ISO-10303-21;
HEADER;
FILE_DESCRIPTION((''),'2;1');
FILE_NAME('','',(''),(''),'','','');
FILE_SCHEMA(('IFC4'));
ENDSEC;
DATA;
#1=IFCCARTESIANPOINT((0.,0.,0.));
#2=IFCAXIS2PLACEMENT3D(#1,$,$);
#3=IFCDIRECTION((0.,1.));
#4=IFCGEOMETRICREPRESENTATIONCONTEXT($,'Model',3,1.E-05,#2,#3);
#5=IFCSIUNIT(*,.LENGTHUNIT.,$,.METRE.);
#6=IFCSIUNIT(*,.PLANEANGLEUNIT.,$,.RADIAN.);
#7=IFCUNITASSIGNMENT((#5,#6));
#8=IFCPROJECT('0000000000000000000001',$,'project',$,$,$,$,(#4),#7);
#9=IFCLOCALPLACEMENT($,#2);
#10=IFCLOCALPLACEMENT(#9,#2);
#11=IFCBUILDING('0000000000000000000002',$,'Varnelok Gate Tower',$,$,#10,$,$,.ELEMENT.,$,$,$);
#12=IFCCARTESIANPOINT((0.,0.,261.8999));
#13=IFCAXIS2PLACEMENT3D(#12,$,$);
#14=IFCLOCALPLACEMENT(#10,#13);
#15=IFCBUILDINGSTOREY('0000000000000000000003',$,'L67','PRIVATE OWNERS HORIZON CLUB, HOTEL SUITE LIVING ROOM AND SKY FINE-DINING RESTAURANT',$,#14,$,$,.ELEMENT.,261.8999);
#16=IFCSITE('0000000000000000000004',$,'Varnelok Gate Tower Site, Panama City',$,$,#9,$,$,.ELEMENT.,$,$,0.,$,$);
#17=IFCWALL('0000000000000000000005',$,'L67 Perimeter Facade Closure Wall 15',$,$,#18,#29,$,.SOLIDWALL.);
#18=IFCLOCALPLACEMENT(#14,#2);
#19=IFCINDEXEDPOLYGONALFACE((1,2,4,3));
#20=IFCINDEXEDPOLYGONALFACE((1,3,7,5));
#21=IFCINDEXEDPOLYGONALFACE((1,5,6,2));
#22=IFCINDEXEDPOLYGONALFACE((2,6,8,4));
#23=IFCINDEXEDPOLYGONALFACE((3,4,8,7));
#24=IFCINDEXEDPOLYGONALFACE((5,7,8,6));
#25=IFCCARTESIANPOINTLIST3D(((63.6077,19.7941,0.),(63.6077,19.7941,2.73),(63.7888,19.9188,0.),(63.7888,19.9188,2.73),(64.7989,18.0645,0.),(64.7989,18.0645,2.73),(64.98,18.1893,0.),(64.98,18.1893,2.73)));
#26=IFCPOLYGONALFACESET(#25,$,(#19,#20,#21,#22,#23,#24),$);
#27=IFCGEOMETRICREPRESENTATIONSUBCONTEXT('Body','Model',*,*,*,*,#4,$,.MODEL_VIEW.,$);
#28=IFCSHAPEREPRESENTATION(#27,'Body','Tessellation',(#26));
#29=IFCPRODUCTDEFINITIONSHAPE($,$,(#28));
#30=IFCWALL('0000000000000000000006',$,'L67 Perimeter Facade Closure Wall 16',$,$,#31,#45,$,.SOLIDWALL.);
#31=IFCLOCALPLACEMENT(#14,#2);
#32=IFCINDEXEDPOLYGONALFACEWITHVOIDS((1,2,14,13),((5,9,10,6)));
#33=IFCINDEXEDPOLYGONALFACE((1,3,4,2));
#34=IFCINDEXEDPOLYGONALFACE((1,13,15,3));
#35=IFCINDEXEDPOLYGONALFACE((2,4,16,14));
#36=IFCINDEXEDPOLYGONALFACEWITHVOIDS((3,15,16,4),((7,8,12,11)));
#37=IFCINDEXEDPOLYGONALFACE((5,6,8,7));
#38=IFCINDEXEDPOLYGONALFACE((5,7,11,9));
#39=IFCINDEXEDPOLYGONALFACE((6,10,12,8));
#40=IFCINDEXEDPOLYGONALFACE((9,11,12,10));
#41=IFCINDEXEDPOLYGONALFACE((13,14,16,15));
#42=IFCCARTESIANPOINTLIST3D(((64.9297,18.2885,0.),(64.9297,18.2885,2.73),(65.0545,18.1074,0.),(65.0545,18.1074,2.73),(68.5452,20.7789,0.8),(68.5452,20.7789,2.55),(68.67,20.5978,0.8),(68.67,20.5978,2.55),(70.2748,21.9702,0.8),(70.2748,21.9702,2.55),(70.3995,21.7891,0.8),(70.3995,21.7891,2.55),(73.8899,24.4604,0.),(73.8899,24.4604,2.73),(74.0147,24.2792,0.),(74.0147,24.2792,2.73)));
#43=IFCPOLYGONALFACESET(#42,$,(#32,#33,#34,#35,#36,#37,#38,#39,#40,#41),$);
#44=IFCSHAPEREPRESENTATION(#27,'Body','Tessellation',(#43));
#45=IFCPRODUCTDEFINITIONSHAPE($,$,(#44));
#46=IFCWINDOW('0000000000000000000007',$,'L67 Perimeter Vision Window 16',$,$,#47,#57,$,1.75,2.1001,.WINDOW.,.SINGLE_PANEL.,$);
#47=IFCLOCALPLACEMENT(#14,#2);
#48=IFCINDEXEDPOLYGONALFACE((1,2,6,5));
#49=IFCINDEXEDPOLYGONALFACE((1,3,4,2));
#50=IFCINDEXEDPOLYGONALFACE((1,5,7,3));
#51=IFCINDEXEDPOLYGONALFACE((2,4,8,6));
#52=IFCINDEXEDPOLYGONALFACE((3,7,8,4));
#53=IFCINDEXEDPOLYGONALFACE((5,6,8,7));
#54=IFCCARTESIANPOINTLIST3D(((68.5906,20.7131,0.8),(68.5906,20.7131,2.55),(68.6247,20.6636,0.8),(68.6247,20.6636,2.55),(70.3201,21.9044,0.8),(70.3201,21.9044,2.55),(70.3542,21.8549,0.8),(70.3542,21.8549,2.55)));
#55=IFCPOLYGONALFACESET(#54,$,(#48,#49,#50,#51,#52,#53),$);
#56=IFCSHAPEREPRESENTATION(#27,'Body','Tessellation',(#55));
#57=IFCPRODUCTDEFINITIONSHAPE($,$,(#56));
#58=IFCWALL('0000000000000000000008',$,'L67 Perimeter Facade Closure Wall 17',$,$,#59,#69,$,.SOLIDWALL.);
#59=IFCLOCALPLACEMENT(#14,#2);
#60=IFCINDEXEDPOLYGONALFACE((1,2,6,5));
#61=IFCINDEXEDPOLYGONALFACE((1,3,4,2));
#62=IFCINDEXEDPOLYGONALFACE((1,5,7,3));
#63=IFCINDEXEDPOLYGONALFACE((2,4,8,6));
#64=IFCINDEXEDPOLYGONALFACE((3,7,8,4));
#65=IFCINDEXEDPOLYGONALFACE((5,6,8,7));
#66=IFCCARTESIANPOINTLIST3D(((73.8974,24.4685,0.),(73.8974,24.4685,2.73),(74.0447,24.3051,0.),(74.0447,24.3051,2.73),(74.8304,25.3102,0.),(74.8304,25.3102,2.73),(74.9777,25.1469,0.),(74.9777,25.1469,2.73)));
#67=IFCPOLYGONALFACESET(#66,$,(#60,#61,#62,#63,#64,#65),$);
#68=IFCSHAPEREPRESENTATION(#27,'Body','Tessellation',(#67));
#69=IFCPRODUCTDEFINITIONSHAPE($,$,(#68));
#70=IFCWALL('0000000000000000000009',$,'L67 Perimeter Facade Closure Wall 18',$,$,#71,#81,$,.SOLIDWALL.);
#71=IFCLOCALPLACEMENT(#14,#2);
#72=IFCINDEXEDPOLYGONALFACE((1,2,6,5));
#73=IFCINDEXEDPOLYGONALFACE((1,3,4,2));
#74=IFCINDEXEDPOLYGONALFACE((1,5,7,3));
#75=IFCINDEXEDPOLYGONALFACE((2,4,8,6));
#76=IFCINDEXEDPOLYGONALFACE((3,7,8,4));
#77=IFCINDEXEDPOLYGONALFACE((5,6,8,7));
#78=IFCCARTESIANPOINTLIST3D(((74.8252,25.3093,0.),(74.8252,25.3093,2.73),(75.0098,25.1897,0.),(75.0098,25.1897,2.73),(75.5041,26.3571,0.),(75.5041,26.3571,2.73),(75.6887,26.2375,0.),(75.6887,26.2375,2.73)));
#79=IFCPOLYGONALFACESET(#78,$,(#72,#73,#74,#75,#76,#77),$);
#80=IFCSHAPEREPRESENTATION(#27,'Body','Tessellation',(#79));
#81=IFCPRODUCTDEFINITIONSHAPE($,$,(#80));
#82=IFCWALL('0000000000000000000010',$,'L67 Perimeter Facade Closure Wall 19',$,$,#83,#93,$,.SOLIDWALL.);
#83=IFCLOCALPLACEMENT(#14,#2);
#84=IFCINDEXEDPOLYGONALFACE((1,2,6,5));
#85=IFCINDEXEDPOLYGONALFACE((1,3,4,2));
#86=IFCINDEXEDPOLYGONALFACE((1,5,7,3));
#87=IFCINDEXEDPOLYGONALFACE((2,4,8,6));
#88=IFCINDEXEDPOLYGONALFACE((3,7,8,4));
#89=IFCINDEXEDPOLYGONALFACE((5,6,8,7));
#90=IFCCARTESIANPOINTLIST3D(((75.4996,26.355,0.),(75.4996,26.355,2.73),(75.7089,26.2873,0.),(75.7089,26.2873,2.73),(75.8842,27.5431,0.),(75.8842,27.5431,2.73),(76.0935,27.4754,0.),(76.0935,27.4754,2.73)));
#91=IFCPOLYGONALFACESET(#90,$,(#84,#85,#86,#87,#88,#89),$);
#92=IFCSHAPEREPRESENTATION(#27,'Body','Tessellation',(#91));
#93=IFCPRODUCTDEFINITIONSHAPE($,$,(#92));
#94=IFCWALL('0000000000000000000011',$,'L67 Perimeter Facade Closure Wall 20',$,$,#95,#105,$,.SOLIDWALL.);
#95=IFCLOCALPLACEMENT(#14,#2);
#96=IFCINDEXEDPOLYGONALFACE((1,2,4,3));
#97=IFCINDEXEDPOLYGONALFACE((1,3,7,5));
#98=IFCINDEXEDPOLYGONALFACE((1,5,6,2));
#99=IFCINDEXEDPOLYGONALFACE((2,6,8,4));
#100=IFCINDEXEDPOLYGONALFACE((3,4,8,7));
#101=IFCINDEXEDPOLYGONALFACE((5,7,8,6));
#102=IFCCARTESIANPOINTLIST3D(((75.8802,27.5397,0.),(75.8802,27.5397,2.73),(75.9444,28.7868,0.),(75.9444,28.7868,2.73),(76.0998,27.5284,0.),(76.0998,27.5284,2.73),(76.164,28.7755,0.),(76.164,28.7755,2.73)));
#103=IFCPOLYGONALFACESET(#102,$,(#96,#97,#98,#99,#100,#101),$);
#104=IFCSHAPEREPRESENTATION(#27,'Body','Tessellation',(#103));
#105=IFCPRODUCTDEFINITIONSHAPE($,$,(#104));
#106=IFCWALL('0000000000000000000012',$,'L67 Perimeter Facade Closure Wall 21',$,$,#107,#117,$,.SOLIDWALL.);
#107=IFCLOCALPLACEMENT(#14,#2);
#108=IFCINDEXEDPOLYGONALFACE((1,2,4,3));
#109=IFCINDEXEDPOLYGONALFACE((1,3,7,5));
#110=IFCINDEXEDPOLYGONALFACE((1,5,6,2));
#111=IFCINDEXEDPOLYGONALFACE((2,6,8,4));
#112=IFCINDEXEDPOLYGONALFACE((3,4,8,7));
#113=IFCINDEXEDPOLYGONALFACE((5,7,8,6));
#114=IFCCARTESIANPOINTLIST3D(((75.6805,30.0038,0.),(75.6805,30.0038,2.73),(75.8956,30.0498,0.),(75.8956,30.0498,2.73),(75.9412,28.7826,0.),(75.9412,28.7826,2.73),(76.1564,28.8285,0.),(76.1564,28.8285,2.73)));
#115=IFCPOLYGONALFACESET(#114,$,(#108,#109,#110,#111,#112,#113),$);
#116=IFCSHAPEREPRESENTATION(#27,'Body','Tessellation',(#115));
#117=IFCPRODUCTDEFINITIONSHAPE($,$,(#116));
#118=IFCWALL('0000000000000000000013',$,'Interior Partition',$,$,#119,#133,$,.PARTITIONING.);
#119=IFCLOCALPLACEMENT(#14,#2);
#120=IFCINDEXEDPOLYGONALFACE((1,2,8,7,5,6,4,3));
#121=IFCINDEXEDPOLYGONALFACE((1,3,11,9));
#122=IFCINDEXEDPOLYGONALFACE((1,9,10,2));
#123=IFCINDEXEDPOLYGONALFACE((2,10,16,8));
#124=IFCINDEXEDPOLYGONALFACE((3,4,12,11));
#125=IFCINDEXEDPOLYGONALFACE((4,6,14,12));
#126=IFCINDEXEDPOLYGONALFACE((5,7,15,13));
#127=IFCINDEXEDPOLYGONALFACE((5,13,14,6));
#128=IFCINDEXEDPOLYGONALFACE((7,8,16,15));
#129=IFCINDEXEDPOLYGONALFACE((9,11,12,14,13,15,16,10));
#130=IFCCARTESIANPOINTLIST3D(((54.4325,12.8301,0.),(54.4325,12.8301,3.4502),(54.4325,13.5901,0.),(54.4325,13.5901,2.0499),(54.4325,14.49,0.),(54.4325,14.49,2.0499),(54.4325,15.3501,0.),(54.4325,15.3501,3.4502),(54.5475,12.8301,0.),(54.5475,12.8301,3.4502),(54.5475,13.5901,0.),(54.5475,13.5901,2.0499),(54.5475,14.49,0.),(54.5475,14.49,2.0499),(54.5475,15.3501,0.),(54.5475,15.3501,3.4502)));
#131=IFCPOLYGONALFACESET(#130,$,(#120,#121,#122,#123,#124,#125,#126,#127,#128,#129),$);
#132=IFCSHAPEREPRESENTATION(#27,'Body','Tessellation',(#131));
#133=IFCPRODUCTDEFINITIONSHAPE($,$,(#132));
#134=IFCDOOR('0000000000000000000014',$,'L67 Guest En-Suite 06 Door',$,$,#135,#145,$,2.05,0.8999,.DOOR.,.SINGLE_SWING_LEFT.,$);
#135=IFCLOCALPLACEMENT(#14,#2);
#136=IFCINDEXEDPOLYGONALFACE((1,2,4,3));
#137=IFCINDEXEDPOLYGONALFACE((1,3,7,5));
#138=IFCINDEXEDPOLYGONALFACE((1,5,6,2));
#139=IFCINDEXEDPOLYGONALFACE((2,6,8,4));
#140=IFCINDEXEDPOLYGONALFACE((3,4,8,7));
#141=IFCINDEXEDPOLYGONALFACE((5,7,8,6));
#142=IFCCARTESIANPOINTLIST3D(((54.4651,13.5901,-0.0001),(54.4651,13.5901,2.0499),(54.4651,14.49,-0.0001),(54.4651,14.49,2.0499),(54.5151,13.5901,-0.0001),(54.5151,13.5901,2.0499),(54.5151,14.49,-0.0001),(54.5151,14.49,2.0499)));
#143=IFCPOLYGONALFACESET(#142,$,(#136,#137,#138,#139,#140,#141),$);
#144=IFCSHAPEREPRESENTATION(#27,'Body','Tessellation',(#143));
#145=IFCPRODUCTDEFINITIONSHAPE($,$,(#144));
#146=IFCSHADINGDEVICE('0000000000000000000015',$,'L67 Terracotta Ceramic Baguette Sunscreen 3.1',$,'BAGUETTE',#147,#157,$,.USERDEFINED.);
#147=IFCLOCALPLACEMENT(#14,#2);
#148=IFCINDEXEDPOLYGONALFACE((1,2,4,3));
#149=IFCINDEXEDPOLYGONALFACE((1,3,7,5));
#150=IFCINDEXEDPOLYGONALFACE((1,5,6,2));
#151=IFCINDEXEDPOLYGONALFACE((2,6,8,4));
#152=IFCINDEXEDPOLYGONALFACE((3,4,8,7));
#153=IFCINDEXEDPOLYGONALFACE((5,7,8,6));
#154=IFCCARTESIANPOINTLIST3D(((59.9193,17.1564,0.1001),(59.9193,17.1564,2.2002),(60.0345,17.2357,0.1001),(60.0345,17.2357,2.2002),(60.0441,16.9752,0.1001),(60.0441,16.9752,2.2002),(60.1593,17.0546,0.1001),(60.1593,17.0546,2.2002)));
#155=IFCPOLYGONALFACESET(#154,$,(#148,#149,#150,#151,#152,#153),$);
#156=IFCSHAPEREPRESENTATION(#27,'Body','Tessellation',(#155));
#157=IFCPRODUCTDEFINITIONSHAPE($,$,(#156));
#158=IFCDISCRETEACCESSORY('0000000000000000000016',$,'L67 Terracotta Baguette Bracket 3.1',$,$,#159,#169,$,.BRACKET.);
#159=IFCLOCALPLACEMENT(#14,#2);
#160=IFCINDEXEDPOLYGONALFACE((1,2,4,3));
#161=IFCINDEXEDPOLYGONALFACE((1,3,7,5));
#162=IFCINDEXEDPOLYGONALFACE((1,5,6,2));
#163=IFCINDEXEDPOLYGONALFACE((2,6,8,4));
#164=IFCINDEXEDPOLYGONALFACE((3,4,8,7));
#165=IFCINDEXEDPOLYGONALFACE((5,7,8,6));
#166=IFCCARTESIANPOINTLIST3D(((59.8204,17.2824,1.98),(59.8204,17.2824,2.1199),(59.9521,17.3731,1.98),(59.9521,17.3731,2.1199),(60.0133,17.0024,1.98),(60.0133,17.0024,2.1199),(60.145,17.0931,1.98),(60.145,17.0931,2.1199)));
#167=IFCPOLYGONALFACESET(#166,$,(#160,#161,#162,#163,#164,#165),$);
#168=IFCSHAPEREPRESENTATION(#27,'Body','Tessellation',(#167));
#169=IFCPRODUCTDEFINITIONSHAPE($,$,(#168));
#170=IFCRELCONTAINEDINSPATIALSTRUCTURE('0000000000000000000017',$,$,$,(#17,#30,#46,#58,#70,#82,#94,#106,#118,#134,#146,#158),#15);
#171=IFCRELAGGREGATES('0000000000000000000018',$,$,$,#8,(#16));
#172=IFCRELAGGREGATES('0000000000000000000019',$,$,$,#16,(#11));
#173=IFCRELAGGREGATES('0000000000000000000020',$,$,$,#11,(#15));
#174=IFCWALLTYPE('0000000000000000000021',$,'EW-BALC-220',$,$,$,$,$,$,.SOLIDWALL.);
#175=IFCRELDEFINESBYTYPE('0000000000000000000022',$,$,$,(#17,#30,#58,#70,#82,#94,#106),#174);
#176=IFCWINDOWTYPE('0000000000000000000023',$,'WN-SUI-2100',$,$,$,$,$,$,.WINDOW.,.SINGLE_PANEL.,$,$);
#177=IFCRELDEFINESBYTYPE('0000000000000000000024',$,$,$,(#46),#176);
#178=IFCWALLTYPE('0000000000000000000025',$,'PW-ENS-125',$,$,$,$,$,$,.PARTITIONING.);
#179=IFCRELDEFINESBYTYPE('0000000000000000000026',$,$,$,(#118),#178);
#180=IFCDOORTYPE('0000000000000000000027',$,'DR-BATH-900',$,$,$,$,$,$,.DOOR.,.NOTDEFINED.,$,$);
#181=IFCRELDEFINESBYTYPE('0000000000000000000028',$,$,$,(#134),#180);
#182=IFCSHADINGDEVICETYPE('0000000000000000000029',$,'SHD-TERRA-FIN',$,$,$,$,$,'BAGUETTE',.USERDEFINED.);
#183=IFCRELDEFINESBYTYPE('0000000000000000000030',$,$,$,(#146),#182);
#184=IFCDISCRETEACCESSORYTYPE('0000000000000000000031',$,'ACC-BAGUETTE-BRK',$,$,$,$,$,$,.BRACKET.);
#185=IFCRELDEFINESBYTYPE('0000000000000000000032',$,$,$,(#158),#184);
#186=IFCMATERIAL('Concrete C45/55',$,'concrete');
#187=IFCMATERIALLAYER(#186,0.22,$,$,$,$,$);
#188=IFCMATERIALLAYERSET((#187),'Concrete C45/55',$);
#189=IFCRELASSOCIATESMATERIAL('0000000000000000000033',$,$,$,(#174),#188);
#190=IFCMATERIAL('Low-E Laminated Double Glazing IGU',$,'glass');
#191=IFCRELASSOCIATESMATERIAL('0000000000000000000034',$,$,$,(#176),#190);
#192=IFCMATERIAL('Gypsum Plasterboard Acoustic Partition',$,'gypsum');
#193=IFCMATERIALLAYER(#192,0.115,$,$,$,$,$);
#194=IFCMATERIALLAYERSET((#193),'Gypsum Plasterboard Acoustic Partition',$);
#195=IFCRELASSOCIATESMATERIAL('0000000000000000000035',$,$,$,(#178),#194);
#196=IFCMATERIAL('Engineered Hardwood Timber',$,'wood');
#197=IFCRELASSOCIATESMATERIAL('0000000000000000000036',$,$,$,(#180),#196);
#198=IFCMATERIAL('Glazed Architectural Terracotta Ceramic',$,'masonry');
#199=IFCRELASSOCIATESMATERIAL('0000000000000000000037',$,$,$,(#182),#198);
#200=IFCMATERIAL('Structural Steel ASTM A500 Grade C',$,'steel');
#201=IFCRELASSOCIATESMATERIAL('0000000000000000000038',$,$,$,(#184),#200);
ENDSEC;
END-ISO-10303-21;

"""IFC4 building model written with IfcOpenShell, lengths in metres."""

from ifc_helpers import new_model, si_unit, direction, frame, frame_2d, origin, origin_2d, place, context, subcontext, project, spatial, rectangle, extrude, source, transform, mapped, material, layer, layer_set, type_object, element, fill, save


model = new_model("IFC4")

# Units and contexts
model_context = context("Model", 3, precision=1e-05, world=origin(), true_north=direction((0.0, 1.0)))
body_context = subcontext(model_context, "Body", "Model", "MODEL_VIEW")
ifc_project = project(units=[si_unit("LENGTHUNIT", "METRE"), si_unit("PLANEANGLEUNIT", "RADIAN")], contexts=[model_context])

# Site, building, storey
site_placement = place(None, origin())
site = spatial("IfcSite", under=ifc_project, at=site_placement, Name="Varnelok Gate Tower Site, Panama City", CompositionType="ELEMENT", RefElevation=0.0)
building_placement = place(site_placement, origin())
building = spatial("IfcBuilding", under=site, at=building_placement, Name="Varnelok Gate Tower", CompositionType="ELEMENT")
storey_placement = place(building_placement, frame((0.0, 0.0, 261.8999)))
storey = spatial("IfcBuildingStorey", under=building, at=storey_placement, Name="L67", Description="PRIVATE OWNERS HORIZON CLUB, HOTEL SUITE LIVING ROOM AND SKY FINE-DINING RESTAURANT", CompositionType="ELEMENT", Elevation=261.8999)

# Shared definitions
ifc_material_1 = material(Name="Concrete C45/55", Category="concrete")
ifc_layer_1 = layer(ifc_material_1, 0.22)
ifc_layer_set_1 = layer_set([ifc_layer_1], Name="Concrete C45/55")
wall_type_1 = type_object("IfcWallType", Name="EW-BALC-220", PredefinedType="SOLIDWALL", material=ifc_layer_set_1)

# Wall
wall_1_placement = place(storey_placement, frame((63.6982, 19.8564, 0.0), z_axis=(0.0, 0.0, 1.0), x_axis=(0.567219, -0.823567, 0.0)))
element("IfcWall", 1, at=wall_1_placement, inside=storey, type_object=wall_type_1, Name="L67 Perimeter Facade Closure Wall 15", PredefinedType="SOLIDWALL", context=body_context, shape_type="SweptSolid", body=[
    extrude(rectangle(XDim=2.1001, YDim=0.22, at=frame_2d((1.05, 0.0))), origin(), (0.0, 0.0, 1.0), 2.73),
])

# Wall, opening, window
wall_2_placement = place(storey_placement, frame((64.9922, 18.198, 0.0), z_axis=(0.0, 0.0, 1.0), x_axis=(0.823538, 0.567261, 0.0)))
wall_2 = element("IfcWall", 2, at=wall_2_placement, inside=storey, type_object=wall_type_1, Name="L67 Perimeter Facade Closure Wall 16", PredefinedType="SOLIDWALL", context=body_context, shape_type="SweptSolid", body=[
    extrude(rectangle(XDim=10.8801, YDim=0.22, at=frame_2d((5.4399, 0.0))), origin(), (0.0, 0.0, 1.0), 2.73),
])
opening_1_placement = place(wall_2_placement, frame((4.3901, 0.0, 0.8)))
opening_1 = element("IfcOpeningElement", 3, at=opening_1_placement, cuts=wall_2, PredefinedType="OPENING", context=body_context, shape_type="SweptSolid", body=[
    extrude(rectangle(XDim=2.1001, YDim=1.75, at=frame_2d((1.05, 0.875))), frame((0.0, 0.1199, 0.0), z_axis=(0.0, -1.0, 0.0), x_axis=(1.0, 0.0, 0.0)), (0.0, 0.0, 1.0), 0.24),
])
ifc_material_2 = material(Name="Low-E Laminated Double Glazing IGU", Category="glass")
window_type = type_object("IfcWindowType", Name="WN-SUI-2100", PartitioningType="SINGLE_PANEL", PredefinedType="WINDOW", material=ifc_material_2)
window_placement = place(opening_1_placement, origin())
window = element("IfcWindow", 4, at=window_placement, inside=storey, type_object=window_type, Name="L67 Perimeter Vision Window 16", OverallHeight=1.75, OverallWidth=2.1001, PartitioningType="SINGLE_PANEL", PredefinedType="WINDOW", context=body_context, shape_type="SweptSolid", body=[
    extrude(rectangle(XDim=2.1001, YDim=1.75, at=frame_2d((1.05, 0.875))), frame((0.0, 0.03, 0.0), z_axis=(0.0, -1.0, 0.0), x_axis=(1.0, 0.0, 0.0)), (0.0, 0.0, 1.0), 0.0601),
])
fill(opening_1, window)

# Walls
wall_3_placement = place(storey_placement, frame((73.9709, 24.3867, 0.0), z_axis=(0.0, 0.0, 1.0), x_axis=(0.742502, 0.669844, 0.0)))
element("IfcWall", 5, at=wall_3_placement, inside=storey, type_object=wall_type_1, Name="L67 Perimeter Facade Closure Wall 17", PredefinedType="SOLIDWALL", context=body_context, shape_type="SweptSolid", body=[
    extrude(rectangle(XDim=1.2566, YDim=0.22, at=frame_2d((0.6284, 0.0))), origin(), (0.0, 0.0, 1.0), 2.73),
])
wall_4_placement = place(storey_placement, frame((74.9175, 25.2495, 0.0), z_axis=(0.0, 0.0, 1.0), x_axis=(0.543778, 0.839229, 0.0)))
element("IfcWall", 6, at=wall_4_placement, inside=storey, type_object=wall_type_1, Name="L67 Perimeter Facade Closure Wall 18", PredefinedType="SOLIDWALL", context=body_context, shape_type="SweptSolid", body=[
    extrude(rectangle(XDim=1.2485, YDim=0.22, at=frame_2d((0.6243, 0.0))), origin(), (0.0, 0.0, 1.0), 2.73),
])
for number, where, z_axis, x_axis, name in (
    (7, (75.6042, 26.321, 0.0), (0.0, 0.0, 1.0), (0.307945, 0.951404, 0.0), "L67 Perimeter Facade Closure Wall 19"),
    (8, (75.99, 27.5339, 0.0), (0.0, 0.0, 1.0), (0.05142, 0.998677, 0.0), "L67 Perimeter Facade Closure Wall 20"),
    (9, (76.0488, 28.8054, 0.0), (0.0, 0.0, 1.0), (-0.208808, 0.977957, 0.0), "L67 Perimeter Facade Closure Wall 21"),
):
    element("IfcWall", number, at=place(storey_placement, frame(where, z_axis=z_axis, x_axis=x_axis)), inside=storey, type_object=wall_type_1, Name=name, PredefinedType="SOLIDWALL", context=body_context, shape_type="SweptSolid", body=[
        extrude(rectangle(XDim=1.2488, YDim=0.22, at=frame_2d((0.6245, 0.0))), origin(), (0.0, 0.0, 1.0), 2.73),
    ])

# Wall, opening, door
ifc_material_3 = material(Name="Gypsum Plasterboard Acoustic Partition", Category="gypsum")
ifc_layer_2 = layer(ifc_material_3, 0.115)
ifc_layer_set_2 = layer_set([ifc_layer_2], Name="Gypsum Plasterboard Acoustic Partition")
wall_type_2 = type_object("IfcWallType", Name="PW-ENS-125", PredefinedType="PARTITIONING", material=ifc_layer_set_2)
wall_5_placement = place(storey_placement, frame((54.49, 12.8301, 0.0), z_axis=(0.0, 0.0, 1.0), x_axis=(0.0, 1.0, 0.0)))
wall_5 = element("IfcWall", 10, at=wall_5_placement, inside=storey, type_object=wall_type_2, Name="Interior Partition", PredefinedType="PARTITIONING", context=body_context, shape_type="SweptSolid", body=[
    extrude(rectangle(XDim=2.52, YDim=0.115, at=frame_2d((1.26, 0.0))), origin(), (0.0, 0.0, 1.0), 3.4502),
])
opening_2_placement = place(wall_5_placement, frame((0.76, 0.0, 0.0)))
opening_2 = element("IfcOpeningElement", 11, at=opening_2_placement, cuts=wall_5, PredefinedType="OPENING", context=body_context, shape_type="SweptSolid", body=[
    extrude(rectangle(XDim=0.8999, YDim=2.05, at=frame_2d((0.45, 1.0249))), frame((0.0, 0.0674, 0.0), z_axis=(0.0, -1.0, 0.0), x_axis=(1.0, 0.0, 0.0)), (0.0, 0.0, 1.0), 0.135),
])
ifc_material_4 = material(Name="Engineered Hardwood Timber", Category="wood")
door_type_1 = type_object("IfcDoorType", Name="DR-BATH-900", OperationType="NOTDEFINED", PredefinedType="DOOR", material=ifc_material_4)
door_1_placement = place(opening_2_placement, origin())
door_1 = element("IfcDoor", 12, at=door_1_placement, inside=storey, type_object=door_type_1, Name="L67 Guest En-Suite 06 Door", OperationType="SINGLE_SWING_LEFT", OverallHeight=2.05, OverallWidth=0.8999, PredefinedType="DOOR", context=body_context, shape_type="SweptSolid", body=[
    extrude(rectangle(XDim=0.8999, YDim=2.05, at=frame_2d((0.45, 1.0249))), frame((0.0, 0.0249, 0.0), z_axis=(0.0, -1.0, 0.0), x_axis=(1.0, 0.0, 0.0)), (0.0, 0.0, 1.0), 0.05),
])
fill(opening_2, door_1)

# Shading device
ifc_material_5 = material(Name="Glazed Architectural Terracotta Ceramic", Category="masonry")
shading_device_type = type_object("IfcShadingDeviceType", Name="SHD-TERRA-FIN", ElementType="BAGUETTE", PredefinedType="USERDEFINED", material=ifc_material_5)
shared_shape_1 = source(origin(), body_context, "Body", "SweptSolid", [
    extrude(rectangle(XDim=0.1399, YDim=0.22, at=origin_2d()), origin(), (0.0, 0.0, 1.0), 2.1001),
])
shading_device_placement = place(storey_placement, frame((60.0393, 17.1055, 0.1001), z_axis=(0.0, 0.0, 1.0), x_axis=(0.823533, 0.567269, 0.0)))
element("IfcShadingDevice", 13, at=shading_device_placement, inside=storey, type_object=shading_device_type, Name="L67 Terracotta Ceramic Baguette Sunscreen 3.1", ObjectType="BAGUETTE", PredefinedType="USERDEFINED", context=body_context, shape_type="MappedRepresentation", body=[
    mapped(shared_shape_1, transform((0.0, 0.0, 0.0), scale=1.0)),
])

# Discrete accessory
ifc_material_6 = material(Name="Structural Steel ASTM A500 Grade C", Category="steel")
discrete_accessory_type = type_object("IfcDiscreteAccessoryType", Name="ACC-BAGUETTE-BRK", PredefinedType="BRACKET", material=ifc_material_6)
shared_shape_2 = source(origin(), body_context, "Body", "SweptSolid", [
    extrude(rectangle(XDim=0.1599, YDim=0.3401, at=origin_2d()), origin(), (0.0, 0.0, 1.0), 0.1399),
])
discrete_accessory_placement = place(storey_placement, frame((59.9827, 17.1877, 1.98), z_axis=(0.0, 0.0, 1.0), x_axis=(0.823533, 0.567269, 0.0)))
element("IfcDiscreteAccessory", 14, at=discrete_accessory_placement, inside=storey, type_object=discrete_accessory_type, Name="L67 Terracotta Baguette Bracket 3.1", PredefinedType="BRACKET", context=body_context, shape_type="MappedRepresentation", body=[
    mapped(shared_shape_2, transform((0.0, 0.0, 0.0), scale=1.0)),
])

save(model, "model.ifc")
